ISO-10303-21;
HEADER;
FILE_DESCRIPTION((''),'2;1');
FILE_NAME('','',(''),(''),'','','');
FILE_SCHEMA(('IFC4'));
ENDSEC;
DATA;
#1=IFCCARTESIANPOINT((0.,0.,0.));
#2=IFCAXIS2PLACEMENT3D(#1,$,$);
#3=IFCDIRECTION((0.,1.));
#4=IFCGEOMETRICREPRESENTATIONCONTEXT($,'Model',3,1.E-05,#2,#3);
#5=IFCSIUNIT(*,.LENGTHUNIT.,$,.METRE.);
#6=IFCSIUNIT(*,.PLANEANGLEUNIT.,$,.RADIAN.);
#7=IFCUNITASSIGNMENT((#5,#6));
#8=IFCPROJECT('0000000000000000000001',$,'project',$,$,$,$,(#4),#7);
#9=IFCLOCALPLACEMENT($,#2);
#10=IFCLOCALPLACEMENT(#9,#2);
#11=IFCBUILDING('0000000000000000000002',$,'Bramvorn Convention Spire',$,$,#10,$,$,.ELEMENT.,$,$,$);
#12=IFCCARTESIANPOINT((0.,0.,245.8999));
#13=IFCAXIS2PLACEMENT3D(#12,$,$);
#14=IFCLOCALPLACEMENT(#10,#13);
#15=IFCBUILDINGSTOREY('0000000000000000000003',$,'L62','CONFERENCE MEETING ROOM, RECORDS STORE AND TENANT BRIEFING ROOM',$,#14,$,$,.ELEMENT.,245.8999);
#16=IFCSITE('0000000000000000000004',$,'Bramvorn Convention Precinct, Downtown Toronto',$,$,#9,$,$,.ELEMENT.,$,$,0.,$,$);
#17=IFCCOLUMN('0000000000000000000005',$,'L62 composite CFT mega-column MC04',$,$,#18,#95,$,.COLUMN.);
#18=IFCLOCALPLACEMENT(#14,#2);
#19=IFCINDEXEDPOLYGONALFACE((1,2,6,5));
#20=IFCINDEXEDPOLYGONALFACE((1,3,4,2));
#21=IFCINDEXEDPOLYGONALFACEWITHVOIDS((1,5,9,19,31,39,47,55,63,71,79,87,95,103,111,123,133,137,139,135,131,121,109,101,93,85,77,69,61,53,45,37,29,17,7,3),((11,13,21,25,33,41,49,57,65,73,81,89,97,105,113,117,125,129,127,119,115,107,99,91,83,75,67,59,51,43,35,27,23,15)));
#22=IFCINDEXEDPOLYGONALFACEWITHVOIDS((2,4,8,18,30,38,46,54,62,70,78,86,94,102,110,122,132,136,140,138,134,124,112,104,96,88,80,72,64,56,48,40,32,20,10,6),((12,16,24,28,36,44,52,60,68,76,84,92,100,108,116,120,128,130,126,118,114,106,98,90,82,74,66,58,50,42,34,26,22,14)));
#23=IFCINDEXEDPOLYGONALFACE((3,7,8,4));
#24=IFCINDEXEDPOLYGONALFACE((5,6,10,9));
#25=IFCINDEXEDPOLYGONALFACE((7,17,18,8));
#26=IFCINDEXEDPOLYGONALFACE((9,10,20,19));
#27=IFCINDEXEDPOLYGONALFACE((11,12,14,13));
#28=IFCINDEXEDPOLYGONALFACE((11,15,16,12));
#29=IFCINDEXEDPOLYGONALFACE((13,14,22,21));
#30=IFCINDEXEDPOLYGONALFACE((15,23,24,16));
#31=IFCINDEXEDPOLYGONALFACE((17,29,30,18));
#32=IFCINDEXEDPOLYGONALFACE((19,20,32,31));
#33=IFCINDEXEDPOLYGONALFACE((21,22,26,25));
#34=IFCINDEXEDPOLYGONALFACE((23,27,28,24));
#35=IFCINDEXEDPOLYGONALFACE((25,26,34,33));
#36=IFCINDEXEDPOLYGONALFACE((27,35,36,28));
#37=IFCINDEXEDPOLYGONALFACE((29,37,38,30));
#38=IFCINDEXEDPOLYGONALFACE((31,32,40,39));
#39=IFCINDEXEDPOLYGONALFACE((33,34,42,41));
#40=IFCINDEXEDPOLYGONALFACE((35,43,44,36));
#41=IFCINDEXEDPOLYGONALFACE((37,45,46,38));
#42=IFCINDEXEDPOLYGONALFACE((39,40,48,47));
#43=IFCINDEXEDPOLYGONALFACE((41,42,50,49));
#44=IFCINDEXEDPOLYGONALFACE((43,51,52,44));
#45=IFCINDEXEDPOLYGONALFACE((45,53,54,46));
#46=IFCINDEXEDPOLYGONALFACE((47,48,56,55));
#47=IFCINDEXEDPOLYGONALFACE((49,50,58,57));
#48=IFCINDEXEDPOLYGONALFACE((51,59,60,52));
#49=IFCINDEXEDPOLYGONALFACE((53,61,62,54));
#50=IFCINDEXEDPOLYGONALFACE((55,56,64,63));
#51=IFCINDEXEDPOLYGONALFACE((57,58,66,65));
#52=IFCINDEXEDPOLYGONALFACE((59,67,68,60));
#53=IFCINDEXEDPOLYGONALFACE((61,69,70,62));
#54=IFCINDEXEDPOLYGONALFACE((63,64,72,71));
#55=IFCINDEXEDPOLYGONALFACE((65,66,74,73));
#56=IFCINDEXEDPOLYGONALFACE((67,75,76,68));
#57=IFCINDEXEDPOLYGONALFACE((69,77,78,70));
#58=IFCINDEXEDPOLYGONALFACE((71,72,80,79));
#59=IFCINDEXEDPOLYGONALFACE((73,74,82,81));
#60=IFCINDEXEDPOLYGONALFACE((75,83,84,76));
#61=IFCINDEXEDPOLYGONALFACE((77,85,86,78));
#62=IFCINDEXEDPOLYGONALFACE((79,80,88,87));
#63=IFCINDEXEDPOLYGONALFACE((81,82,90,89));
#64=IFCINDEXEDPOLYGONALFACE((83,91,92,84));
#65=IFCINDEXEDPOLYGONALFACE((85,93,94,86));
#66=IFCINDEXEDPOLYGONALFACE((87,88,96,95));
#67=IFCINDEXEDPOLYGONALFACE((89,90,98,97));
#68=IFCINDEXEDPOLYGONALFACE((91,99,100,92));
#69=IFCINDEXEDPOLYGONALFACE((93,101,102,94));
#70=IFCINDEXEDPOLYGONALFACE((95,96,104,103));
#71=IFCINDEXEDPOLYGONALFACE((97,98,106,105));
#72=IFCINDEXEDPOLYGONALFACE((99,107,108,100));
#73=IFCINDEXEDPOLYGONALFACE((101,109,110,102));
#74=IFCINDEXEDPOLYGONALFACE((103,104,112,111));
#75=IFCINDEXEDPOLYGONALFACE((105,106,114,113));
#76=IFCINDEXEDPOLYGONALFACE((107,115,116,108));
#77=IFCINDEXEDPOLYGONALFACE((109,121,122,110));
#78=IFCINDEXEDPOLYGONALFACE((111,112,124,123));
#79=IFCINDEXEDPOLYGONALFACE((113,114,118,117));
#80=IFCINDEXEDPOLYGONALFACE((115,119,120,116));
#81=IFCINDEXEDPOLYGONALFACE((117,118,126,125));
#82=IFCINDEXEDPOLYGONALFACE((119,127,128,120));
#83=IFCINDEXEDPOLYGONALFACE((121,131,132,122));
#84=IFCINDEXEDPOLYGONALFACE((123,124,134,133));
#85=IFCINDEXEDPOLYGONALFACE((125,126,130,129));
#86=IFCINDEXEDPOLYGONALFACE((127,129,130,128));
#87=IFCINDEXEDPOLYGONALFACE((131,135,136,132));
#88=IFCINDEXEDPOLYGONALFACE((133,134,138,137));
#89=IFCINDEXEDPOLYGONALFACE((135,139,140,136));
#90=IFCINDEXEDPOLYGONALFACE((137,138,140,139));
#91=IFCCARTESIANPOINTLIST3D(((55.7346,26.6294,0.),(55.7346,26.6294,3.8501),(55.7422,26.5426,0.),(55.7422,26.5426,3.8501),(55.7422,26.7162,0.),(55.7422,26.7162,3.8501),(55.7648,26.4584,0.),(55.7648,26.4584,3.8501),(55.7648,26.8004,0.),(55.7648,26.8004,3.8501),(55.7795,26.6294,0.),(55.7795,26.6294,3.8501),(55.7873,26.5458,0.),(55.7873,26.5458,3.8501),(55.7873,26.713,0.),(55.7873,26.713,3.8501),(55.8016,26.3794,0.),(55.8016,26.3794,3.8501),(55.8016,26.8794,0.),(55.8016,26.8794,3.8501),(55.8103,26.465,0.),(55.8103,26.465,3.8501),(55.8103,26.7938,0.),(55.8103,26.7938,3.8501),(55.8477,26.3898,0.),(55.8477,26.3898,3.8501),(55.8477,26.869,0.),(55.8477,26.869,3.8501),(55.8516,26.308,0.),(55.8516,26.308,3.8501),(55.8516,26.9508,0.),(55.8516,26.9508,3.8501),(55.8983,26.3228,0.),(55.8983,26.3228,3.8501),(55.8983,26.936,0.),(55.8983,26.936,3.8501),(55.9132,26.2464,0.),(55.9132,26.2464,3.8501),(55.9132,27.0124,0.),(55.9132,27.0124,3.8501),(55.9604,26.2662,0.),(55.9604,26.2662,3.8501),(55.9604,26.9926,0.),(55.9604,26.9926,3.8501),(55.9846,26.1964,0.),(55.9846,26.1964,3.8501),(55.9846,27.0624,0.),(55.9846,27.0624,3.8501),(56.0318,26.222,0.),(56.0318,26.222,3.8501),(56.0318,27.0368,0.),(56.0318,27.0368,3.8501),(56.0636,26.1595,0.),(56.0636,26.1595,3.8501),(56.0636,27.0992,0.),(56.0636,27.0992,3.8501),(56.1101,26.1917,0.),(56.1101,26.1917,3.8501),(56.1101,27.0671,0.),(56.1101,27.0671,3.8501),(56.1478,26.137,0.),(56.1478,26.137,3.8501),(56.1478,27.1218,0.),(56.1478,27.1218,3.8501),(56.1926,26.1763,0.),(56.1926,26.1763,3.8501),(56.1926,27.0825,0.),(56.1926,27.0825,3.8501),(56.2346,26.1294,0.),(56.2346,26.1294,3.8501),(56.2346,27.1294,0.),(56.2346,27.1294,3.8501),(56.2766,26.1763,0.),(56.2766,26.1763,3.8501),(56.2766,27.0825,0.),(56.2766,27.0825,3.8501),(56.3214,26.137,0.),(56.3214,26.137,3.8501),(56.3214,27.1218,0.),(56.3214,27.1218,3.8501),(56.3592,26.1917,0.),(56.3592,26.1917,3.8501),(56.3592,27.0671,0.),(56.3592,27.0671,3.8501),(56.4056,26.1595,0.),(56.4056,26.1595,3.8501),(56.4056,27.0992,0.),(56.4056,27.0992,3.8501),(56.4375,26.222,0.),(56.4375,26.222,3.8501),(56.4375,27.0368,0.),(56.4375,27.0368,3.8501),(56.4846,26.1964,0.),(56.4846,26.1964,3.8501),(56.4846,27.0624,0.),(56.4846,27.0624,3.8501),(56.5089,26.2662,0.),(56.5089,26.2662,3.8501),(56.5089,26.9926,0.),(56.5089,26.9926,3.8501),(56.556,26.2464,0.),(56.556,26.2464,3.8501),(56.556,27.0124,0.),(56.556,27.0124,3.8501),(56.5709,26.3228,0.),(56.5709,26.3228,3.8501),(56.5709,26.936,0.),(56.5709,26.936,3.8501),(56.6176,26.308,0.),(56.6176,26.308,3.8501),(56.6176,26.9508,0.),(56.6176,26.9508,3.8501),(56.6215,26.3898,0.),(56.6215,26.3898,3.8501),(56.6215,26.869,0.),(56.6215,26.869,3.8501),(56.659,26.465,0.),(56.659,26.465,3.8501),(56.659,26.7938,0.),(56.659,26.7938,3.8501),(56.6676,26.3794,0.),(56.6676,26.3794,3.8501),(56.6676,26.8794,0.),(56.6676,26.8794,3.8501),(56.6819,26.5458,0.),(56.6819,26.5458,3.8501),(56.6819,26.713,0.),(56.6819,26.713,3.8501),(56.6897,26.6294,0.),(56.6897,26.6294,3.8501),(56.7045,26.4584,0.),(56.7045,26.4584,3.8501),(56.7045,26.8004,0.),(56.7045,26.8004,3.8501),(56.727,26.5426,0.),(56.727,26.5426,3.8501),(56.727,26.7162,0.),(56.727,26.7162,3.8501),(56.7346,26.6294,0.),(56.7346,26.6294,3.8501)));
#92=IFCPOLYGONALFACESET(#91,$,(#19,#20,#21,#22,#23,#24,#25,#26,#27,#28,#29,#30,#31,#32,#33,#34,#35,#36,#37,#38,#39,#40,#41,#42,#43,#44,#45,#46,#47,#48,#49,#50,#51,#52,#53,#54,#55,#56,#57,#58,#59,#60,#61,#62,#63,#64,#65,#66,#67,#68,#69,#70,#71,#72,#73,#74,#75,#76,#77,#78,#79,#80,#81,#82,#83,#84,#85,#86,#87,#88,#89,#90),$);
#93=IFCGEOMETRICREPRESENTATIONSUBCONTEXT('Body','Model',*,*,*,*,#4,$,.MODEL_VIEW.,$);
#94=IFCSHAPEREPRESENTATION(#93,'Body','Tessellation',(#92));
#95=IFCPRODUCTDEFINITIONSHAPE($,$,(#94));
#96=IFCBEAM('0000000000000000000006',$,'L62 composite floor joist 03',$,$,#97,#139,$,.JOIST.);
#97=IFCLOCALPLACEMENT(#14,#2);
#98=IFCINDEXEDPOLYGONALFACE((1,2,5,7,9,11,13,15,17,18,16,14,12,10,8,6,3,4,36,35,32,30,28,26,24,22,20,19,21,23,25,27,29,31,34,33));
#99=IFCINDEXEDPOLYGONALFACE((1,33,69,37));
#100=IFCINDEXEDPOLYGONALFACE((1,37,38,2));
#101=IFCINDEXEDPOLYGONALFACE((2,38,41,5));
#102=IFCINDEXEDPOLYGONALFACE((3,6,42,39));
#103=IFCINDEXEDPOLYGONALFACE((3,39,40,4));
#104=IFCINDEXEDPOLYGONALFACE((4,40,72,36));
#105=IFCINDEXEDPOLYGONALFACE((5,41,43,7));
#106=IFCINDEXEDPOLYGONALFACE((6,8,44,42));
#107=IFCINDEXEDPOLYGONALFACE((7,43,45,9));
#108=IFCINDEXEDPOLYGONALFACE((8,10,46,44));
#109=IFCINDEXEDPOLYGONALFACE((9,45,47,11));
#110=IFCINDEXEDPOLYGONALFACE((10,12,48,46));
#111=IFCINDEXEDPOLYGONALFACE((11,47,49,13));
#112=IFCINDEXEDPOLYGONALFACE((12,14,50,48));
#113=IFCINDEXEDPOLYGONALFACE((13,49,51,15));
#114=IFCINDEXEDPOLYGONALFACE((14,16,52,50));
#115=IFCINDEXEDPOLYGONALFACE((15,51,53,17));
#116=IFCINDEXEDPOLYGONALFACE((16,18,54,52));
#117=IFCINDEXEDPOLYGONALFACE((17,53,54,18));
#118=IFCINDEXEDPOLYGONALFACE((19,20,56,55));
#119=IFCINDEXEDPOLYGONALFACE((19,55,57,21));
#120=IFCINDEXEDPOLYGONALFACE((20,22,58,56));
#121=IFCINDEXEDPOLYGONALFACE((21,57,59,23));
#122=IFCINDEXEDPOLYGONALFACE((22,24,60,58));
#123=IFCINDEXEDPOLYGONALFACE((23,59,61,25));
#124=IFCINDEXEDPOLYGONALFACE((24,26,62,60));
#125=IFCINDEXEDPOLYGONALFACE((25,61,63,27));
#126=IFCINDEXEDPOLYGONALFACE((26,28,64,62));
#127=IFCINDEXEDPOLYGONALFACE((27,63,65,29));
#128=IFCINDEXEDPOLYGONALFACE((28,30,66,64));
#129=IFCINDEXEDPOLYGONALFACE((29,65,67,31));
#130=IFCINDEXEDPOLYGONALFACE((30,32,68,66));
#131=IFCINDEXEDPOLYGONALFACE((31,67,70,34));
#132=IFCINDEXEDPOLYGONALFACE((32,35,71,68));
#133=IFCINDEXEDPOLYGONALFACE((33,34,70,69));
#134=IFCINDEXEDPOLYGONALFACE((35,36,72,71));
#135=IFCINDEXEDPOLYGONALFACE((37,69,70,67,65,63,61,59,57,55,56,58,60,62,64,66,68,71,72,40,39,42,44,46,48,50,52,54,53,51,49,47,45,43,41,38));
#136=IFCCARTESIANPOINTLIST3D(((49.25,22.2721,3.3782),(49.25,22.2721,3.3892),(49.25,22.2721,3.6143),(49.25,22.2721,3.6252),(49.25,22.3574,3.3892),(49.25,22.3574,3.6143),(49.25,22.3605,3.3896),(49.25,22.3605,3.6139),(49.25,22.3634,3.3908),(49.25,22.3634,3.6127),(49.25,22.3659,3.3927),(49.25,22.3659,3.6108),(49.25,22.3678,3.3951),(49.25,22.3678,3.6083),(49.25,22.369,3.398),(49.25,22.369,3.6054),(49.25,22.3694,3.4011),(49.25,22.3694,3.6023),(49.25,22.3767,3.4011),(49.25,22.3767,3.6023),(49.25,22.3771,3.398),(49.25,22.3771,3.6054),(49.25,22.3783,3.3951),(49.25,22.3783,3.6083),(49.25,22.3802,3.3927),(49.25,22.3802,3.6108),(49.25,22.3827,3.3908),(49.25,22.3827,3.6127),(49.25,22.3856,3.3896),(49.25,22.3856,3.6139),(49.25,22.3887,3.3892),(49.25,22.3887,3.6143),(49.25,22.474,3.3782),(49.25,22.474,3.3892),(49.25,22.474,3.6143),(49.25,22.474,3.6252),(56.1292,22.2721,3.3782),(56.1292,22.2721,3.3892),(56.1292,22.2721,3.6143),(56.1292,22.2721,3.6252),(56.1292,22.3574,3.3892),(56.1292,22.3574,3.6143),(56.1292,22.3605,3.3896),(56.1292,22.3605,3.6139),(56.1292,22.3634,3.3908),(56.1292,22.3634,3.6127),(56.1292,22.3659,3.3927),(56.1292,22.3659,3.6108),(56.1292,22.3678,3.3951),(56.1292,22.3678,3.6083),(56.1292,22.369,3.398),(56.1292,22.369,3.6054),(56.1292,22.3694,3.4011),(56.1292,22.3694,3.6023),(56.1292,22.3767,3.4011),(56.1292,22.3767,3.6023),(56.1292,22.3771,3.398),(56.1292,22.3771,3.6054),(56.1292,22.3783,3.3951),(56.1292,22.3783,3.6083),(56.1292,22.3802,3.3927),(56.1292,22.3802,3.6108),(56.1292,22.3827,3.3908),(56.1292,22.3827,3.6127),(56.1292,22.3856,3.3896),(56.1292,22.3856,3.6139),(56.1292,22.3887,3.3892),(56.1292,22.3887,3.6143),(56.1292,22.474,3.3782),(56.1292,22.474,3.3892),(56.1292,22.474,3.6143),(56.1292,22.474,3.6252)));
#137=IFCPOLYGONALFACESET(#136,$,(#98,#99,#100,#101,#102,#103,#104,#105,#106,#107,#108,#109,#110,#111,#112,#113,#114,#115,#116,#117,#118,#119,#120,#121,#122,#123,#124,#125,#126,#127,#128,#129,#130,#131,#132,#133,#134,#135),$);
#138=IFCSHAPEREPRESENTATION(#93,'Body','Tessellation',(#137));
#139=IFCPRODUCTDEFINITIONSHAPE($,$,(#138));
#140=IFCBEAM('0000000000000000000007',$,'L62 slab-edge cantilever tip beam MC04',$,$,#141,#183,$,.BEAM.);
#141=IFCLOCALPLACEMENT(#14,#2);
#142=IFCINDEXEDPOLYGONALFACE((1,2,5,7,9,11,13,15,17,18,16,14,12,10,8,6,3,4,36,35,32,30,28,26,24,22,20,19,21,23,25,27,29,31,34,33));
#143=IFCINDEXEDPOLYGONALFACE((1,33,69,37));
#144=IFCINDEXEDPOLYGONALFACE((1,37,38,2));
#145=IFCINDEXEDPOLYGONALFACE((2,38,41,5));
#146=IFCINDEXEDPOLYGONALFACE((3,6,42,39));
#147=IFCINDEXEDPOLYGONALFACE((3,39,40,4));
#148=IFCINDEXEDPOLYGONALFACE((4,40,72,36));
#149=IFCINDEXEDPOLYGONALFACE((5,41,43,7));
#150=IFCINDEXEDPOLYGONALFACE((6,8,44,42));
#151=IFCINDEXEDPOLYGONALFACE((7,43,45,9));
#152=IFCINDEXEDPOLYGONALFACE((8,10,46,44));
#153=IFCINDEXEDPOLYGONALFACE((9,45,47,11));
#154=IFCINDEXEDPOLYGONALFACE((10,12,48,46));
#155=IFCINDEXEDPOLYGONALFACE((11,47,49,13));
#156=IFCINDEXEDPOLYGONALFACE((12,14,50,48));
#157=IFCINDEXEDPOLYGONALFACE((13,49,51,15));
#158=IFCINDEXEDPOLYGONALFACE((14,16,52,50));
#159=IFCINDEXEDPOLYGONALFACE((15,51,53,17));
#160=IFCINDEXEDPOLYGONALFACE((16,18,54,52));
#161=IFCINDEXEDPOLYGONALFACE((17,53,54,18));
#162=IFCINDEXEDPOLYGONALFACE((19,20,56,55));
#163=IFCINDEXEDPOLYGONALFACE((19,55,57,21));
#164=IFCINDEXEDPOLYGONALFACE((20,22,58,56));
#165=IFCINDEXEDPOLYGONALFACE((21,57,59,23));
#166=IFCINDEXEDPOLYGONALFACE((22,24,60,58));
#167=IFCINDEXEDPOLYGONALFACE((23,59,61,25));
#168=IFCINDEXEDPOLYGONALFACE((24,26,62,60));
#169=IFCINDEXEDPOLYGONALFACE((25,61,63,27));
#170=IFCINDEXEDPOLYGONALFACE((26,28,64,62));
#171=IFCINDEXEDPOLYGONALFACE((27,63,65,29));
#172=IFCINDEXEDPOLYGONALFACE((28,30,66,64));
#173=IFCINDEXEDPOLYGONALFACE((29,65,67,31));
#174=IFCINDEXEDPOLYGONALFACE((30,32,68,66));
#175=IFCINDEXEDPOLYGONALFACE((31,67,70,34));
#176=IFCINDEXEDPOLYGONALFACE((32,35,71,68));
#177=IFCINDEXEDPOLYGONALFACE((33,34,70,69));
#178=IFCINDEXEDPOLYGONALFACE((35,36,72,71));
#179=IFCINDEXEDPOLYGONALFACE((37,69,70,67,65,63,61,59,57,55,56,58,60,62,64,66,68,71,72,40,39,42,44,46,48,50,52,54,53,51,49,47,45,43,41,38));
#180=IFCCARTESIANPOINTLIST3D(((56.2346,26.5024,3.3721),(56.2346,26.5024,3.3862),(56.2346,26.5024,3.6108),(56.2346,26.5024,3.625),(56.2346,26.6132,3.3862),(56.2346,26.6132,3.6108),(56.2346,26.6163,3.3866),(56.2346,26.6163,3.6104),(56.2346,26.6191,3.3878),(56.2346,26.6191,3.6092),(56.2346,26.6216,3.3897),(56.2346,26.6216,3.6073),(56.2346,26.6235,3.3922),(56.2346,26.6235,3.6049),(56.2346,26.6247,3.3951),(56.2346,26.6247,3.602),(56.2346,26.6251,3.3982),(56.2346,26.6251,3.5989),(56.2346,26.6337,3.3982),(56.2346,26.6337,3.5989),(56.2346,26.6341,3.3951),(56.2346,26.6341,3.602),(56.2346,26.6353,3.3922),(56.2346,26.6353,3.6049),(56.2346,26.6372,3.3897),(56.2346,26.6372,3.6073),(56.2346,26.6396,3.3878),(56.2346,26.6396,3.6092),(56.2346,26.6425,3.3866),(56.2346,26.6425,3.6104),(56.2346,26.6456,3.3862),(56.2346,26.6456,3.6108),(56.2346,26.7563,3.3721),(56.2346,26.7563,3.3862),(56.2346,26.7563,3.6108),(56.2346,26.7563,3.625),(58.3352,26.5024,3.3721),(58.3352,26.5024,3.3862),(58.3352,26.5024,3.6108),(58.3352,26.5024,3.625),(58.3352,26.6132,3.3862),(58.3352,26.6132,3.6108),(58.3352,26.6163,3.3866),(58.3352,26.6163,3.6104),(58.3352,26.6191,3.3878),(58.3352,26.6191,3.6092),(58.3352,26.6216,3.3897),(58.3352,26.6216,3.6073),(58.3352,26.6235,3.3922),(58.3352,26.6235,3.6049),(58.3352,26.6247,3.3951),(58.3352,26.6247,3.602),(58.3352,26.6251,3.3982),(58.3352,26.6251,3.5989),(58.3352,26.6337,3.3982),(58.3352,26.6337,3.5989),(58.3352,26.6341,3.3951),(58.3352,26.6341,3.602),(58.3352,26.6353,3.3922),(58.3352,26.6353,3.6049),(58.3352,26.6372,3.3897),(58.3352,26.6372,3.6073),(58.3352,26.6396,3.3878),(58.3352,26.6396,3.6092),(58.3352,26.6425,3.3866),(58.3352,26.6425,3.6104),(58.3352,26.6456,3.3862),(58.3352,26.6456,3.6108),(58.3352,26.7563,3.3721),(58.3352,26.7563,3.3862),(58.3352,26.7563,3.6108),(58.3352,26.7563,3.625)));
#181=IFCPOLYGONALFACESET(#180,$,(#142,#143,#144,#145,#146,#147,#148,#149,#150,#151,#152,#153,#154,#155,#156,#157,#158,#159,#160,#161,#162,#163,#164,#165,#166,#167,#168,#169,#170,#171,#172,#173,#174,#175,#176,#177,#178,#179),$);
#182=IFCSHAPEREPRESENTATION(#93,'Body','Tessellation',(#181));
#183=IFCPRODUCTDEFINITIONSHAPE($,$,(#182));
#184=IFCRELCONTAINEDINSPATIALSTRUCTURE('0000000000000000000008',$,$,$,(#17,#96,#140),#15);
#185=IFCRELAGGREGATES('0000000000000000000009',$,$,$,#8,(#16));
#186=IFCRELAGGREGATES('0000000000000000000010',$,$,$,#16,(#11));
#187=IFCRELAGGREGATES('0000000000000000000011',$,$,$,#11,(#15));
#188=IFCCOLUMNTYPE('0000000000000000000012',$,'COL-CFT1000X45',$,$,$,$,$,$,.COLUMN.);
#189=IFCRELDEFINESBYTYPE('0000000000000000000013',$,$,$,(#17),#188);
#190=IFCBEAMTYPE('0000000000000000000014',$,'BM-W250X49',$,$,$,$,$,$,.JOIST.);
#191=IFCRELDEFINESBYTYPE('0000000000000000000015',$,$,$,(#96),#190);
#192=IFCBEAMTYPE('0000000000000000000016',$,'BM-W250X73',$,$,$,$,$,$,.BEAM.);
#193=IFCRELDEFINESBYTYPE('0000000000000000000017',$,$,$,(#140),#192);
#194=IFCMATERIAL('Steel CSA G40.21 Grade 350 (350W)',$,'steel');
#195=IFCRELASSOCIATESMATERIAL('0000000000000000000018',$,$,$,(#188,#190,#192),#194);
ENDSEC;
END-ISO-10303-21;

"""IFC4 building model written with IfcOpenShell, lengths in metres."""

from ifc_helpers import new_model, si_unit, direction, frame, origin, origin_2d, place, context, subcontext, project, spatial, hollow_circle, i_section, extrude, material, material_profile, profile_set, type_object, element, save


model = new_model("IFC4")

# Units and contexts
model_context = context("Model", 3, precision=1e-05, world=origin(), true_north=direction((0.0, 1.0)))
body_context = subcontext(model_context, "Body", "Model", "MODEL_VIEW")
ifc_project = project(units=[si_unit("LENGTHUNIT", "METRE"), si_unit("PLANEANGLEUNIT", "RADIAN")], contexts=[model_context])

# Site, building, storey
site_placement = place(None, origin())
site = spatial("IfcSite", under=ifc_project, at=site_placement, Name="Bramvorn Convention Precinct, Downtown Toronto", CompositionType="ELEMENT", RefElevation=0.0)
building_placement = place(site_placement, origin())
building = spatial("IfcBuilding", under=site, at=building_placement, Name="Bramvorn Convention Spire", CompositionType="ELEMENT")
storey_placement = place(building_placement, frame((0.0, 0.0, 245.8999)))
storey = spatial("IfcBuildingStorey", under=building, at=storey_placement, Name="L62", Description="CONFERENCE MEETING ROOM, RECORDS STORE AND TENANT BRIEFING ROOM", CompositionType="ELEMENT", Elevation=245.8999)

# Column
ifc_material_1 = material(Name="Steel CSA G40.21 Grade 350 (350W)", Category="steel")
ifc_material_profile_1 = material_profile(ifc_material_1, hollow_circle(Radius=0.5, WallThickness=0.0449, at=origin_2d()))
ifc_profile_set_1 = profile_set([ifc_material_profile_1], Name="Steel CSA G40.21 Grade 350 (350W) - CFT1000X45")
column_type = type_object("IfcColumnType", Name="COL-CFT1000X45", PredefinedType="COLUMN", material=ifc_profile_set_1)
column_placement = place(storey_placement, frame((56.2346, 26.6294, 0.0), z_axis=(0.0, 0.0, 1.0), x_axis=(1.0, 0.0, 0.0)))
element("IfcColumn", 1, at=column_placement, inside=storey, type_object=column_type, Name="L62 composite CFT mega-column MC04", PredefinedType="COLUMN", context=body_context, shape_type="SweptSolid", body=[
    extrude(hollow_circle(Radius=0.5, WallThickness=0.0449, at=origin_2d()), origin(), (0.0, 0.0, 1.0), 3.8501),
])

# Beams
ifc_material_profile_2 = material_profile(ifc_material_1, i_section(OverallWidth=0.2019, OverallDepth=0.2471, WebThickness=0.0073, FlangeThickness=0.011, FilletRadius=0.012, at=origin_2d()))
ifc_profile_set_2 = profile_set([ifc_material_profile_2], Name="Steel CSA G40.21 Grade 350 (350W) - W250X49")
beam_type_1 = type_object("IfcBeamType", Name="BM-W250X49", PredefinedType="JOIST", material=ifc_profile_set_2)
beam_1_placement = place(storey_placement, frame((49.25, 22.373, 3.5017), z_axis=(1.0, 0.0, 0.0), x_axis=(0.0, 1.0, 0.0)))
element("IfcBeam", 2, at=beam_1_placement, inside=storey, type_object=beam_type_1, Name="L62 composite floor joist 03", PredefinedType="JOIST", context=body_context, shape_type="SweptSolid", body=[
    extrude(i_section(OverallWidth=0.2019, OverallDepth=0.2471, WebThickness=0.0073, FlangeThickness=0.011, FilletRadius=0.012, at=origin_2d()), origin(), (0.0, 0.0, 1.0), 6.8792),
])
ifc_material_profile_3 = material_profile(ifc_material_1, i_section(OverallWidth=0.2539, OverallDepth=0.2529, WebThickness=0.0085, FlangeThickness=0.0142, FilletRadius=0.012, at=origin_2d()))
ifc_profile_set_3 = profile_set([ifc_material_profile_3], Name="Steel CSA G40.21 Grade 350 (350W) - W250X73")
beam_type_2 = type_object("IfcBeamType", Name="BM-W250X73", PredefinedType="BEAM", material=ifc_profile_set_3)
beam_2_placement = place(storey_placement, frame((56.2346, 26.6294, 3.4985), z_axis=(1.0, 0.0, 0.0), x_axis=(0.0, 1.0, 0.0)))
element("IfcBeam", 3, at=beam_2_placement, inside=storey, type_object=beam_type_2, Name="L62 slab-edge cantilever tip beam MC04", PredefinedType="BEAM", context=body_context, shape_type="SweptSolid", body=[
    extrude(i_section(OverallWidth=0.2539, OverallDepth=0.2529, WebThickness=0.0085, FlangeThickness=0.0142, FilletRadius=0.012, at=origin_2d()), origin(), (0.0, 0.0, 1.0), 2.1006),
])

save(model, "model.ifc")
